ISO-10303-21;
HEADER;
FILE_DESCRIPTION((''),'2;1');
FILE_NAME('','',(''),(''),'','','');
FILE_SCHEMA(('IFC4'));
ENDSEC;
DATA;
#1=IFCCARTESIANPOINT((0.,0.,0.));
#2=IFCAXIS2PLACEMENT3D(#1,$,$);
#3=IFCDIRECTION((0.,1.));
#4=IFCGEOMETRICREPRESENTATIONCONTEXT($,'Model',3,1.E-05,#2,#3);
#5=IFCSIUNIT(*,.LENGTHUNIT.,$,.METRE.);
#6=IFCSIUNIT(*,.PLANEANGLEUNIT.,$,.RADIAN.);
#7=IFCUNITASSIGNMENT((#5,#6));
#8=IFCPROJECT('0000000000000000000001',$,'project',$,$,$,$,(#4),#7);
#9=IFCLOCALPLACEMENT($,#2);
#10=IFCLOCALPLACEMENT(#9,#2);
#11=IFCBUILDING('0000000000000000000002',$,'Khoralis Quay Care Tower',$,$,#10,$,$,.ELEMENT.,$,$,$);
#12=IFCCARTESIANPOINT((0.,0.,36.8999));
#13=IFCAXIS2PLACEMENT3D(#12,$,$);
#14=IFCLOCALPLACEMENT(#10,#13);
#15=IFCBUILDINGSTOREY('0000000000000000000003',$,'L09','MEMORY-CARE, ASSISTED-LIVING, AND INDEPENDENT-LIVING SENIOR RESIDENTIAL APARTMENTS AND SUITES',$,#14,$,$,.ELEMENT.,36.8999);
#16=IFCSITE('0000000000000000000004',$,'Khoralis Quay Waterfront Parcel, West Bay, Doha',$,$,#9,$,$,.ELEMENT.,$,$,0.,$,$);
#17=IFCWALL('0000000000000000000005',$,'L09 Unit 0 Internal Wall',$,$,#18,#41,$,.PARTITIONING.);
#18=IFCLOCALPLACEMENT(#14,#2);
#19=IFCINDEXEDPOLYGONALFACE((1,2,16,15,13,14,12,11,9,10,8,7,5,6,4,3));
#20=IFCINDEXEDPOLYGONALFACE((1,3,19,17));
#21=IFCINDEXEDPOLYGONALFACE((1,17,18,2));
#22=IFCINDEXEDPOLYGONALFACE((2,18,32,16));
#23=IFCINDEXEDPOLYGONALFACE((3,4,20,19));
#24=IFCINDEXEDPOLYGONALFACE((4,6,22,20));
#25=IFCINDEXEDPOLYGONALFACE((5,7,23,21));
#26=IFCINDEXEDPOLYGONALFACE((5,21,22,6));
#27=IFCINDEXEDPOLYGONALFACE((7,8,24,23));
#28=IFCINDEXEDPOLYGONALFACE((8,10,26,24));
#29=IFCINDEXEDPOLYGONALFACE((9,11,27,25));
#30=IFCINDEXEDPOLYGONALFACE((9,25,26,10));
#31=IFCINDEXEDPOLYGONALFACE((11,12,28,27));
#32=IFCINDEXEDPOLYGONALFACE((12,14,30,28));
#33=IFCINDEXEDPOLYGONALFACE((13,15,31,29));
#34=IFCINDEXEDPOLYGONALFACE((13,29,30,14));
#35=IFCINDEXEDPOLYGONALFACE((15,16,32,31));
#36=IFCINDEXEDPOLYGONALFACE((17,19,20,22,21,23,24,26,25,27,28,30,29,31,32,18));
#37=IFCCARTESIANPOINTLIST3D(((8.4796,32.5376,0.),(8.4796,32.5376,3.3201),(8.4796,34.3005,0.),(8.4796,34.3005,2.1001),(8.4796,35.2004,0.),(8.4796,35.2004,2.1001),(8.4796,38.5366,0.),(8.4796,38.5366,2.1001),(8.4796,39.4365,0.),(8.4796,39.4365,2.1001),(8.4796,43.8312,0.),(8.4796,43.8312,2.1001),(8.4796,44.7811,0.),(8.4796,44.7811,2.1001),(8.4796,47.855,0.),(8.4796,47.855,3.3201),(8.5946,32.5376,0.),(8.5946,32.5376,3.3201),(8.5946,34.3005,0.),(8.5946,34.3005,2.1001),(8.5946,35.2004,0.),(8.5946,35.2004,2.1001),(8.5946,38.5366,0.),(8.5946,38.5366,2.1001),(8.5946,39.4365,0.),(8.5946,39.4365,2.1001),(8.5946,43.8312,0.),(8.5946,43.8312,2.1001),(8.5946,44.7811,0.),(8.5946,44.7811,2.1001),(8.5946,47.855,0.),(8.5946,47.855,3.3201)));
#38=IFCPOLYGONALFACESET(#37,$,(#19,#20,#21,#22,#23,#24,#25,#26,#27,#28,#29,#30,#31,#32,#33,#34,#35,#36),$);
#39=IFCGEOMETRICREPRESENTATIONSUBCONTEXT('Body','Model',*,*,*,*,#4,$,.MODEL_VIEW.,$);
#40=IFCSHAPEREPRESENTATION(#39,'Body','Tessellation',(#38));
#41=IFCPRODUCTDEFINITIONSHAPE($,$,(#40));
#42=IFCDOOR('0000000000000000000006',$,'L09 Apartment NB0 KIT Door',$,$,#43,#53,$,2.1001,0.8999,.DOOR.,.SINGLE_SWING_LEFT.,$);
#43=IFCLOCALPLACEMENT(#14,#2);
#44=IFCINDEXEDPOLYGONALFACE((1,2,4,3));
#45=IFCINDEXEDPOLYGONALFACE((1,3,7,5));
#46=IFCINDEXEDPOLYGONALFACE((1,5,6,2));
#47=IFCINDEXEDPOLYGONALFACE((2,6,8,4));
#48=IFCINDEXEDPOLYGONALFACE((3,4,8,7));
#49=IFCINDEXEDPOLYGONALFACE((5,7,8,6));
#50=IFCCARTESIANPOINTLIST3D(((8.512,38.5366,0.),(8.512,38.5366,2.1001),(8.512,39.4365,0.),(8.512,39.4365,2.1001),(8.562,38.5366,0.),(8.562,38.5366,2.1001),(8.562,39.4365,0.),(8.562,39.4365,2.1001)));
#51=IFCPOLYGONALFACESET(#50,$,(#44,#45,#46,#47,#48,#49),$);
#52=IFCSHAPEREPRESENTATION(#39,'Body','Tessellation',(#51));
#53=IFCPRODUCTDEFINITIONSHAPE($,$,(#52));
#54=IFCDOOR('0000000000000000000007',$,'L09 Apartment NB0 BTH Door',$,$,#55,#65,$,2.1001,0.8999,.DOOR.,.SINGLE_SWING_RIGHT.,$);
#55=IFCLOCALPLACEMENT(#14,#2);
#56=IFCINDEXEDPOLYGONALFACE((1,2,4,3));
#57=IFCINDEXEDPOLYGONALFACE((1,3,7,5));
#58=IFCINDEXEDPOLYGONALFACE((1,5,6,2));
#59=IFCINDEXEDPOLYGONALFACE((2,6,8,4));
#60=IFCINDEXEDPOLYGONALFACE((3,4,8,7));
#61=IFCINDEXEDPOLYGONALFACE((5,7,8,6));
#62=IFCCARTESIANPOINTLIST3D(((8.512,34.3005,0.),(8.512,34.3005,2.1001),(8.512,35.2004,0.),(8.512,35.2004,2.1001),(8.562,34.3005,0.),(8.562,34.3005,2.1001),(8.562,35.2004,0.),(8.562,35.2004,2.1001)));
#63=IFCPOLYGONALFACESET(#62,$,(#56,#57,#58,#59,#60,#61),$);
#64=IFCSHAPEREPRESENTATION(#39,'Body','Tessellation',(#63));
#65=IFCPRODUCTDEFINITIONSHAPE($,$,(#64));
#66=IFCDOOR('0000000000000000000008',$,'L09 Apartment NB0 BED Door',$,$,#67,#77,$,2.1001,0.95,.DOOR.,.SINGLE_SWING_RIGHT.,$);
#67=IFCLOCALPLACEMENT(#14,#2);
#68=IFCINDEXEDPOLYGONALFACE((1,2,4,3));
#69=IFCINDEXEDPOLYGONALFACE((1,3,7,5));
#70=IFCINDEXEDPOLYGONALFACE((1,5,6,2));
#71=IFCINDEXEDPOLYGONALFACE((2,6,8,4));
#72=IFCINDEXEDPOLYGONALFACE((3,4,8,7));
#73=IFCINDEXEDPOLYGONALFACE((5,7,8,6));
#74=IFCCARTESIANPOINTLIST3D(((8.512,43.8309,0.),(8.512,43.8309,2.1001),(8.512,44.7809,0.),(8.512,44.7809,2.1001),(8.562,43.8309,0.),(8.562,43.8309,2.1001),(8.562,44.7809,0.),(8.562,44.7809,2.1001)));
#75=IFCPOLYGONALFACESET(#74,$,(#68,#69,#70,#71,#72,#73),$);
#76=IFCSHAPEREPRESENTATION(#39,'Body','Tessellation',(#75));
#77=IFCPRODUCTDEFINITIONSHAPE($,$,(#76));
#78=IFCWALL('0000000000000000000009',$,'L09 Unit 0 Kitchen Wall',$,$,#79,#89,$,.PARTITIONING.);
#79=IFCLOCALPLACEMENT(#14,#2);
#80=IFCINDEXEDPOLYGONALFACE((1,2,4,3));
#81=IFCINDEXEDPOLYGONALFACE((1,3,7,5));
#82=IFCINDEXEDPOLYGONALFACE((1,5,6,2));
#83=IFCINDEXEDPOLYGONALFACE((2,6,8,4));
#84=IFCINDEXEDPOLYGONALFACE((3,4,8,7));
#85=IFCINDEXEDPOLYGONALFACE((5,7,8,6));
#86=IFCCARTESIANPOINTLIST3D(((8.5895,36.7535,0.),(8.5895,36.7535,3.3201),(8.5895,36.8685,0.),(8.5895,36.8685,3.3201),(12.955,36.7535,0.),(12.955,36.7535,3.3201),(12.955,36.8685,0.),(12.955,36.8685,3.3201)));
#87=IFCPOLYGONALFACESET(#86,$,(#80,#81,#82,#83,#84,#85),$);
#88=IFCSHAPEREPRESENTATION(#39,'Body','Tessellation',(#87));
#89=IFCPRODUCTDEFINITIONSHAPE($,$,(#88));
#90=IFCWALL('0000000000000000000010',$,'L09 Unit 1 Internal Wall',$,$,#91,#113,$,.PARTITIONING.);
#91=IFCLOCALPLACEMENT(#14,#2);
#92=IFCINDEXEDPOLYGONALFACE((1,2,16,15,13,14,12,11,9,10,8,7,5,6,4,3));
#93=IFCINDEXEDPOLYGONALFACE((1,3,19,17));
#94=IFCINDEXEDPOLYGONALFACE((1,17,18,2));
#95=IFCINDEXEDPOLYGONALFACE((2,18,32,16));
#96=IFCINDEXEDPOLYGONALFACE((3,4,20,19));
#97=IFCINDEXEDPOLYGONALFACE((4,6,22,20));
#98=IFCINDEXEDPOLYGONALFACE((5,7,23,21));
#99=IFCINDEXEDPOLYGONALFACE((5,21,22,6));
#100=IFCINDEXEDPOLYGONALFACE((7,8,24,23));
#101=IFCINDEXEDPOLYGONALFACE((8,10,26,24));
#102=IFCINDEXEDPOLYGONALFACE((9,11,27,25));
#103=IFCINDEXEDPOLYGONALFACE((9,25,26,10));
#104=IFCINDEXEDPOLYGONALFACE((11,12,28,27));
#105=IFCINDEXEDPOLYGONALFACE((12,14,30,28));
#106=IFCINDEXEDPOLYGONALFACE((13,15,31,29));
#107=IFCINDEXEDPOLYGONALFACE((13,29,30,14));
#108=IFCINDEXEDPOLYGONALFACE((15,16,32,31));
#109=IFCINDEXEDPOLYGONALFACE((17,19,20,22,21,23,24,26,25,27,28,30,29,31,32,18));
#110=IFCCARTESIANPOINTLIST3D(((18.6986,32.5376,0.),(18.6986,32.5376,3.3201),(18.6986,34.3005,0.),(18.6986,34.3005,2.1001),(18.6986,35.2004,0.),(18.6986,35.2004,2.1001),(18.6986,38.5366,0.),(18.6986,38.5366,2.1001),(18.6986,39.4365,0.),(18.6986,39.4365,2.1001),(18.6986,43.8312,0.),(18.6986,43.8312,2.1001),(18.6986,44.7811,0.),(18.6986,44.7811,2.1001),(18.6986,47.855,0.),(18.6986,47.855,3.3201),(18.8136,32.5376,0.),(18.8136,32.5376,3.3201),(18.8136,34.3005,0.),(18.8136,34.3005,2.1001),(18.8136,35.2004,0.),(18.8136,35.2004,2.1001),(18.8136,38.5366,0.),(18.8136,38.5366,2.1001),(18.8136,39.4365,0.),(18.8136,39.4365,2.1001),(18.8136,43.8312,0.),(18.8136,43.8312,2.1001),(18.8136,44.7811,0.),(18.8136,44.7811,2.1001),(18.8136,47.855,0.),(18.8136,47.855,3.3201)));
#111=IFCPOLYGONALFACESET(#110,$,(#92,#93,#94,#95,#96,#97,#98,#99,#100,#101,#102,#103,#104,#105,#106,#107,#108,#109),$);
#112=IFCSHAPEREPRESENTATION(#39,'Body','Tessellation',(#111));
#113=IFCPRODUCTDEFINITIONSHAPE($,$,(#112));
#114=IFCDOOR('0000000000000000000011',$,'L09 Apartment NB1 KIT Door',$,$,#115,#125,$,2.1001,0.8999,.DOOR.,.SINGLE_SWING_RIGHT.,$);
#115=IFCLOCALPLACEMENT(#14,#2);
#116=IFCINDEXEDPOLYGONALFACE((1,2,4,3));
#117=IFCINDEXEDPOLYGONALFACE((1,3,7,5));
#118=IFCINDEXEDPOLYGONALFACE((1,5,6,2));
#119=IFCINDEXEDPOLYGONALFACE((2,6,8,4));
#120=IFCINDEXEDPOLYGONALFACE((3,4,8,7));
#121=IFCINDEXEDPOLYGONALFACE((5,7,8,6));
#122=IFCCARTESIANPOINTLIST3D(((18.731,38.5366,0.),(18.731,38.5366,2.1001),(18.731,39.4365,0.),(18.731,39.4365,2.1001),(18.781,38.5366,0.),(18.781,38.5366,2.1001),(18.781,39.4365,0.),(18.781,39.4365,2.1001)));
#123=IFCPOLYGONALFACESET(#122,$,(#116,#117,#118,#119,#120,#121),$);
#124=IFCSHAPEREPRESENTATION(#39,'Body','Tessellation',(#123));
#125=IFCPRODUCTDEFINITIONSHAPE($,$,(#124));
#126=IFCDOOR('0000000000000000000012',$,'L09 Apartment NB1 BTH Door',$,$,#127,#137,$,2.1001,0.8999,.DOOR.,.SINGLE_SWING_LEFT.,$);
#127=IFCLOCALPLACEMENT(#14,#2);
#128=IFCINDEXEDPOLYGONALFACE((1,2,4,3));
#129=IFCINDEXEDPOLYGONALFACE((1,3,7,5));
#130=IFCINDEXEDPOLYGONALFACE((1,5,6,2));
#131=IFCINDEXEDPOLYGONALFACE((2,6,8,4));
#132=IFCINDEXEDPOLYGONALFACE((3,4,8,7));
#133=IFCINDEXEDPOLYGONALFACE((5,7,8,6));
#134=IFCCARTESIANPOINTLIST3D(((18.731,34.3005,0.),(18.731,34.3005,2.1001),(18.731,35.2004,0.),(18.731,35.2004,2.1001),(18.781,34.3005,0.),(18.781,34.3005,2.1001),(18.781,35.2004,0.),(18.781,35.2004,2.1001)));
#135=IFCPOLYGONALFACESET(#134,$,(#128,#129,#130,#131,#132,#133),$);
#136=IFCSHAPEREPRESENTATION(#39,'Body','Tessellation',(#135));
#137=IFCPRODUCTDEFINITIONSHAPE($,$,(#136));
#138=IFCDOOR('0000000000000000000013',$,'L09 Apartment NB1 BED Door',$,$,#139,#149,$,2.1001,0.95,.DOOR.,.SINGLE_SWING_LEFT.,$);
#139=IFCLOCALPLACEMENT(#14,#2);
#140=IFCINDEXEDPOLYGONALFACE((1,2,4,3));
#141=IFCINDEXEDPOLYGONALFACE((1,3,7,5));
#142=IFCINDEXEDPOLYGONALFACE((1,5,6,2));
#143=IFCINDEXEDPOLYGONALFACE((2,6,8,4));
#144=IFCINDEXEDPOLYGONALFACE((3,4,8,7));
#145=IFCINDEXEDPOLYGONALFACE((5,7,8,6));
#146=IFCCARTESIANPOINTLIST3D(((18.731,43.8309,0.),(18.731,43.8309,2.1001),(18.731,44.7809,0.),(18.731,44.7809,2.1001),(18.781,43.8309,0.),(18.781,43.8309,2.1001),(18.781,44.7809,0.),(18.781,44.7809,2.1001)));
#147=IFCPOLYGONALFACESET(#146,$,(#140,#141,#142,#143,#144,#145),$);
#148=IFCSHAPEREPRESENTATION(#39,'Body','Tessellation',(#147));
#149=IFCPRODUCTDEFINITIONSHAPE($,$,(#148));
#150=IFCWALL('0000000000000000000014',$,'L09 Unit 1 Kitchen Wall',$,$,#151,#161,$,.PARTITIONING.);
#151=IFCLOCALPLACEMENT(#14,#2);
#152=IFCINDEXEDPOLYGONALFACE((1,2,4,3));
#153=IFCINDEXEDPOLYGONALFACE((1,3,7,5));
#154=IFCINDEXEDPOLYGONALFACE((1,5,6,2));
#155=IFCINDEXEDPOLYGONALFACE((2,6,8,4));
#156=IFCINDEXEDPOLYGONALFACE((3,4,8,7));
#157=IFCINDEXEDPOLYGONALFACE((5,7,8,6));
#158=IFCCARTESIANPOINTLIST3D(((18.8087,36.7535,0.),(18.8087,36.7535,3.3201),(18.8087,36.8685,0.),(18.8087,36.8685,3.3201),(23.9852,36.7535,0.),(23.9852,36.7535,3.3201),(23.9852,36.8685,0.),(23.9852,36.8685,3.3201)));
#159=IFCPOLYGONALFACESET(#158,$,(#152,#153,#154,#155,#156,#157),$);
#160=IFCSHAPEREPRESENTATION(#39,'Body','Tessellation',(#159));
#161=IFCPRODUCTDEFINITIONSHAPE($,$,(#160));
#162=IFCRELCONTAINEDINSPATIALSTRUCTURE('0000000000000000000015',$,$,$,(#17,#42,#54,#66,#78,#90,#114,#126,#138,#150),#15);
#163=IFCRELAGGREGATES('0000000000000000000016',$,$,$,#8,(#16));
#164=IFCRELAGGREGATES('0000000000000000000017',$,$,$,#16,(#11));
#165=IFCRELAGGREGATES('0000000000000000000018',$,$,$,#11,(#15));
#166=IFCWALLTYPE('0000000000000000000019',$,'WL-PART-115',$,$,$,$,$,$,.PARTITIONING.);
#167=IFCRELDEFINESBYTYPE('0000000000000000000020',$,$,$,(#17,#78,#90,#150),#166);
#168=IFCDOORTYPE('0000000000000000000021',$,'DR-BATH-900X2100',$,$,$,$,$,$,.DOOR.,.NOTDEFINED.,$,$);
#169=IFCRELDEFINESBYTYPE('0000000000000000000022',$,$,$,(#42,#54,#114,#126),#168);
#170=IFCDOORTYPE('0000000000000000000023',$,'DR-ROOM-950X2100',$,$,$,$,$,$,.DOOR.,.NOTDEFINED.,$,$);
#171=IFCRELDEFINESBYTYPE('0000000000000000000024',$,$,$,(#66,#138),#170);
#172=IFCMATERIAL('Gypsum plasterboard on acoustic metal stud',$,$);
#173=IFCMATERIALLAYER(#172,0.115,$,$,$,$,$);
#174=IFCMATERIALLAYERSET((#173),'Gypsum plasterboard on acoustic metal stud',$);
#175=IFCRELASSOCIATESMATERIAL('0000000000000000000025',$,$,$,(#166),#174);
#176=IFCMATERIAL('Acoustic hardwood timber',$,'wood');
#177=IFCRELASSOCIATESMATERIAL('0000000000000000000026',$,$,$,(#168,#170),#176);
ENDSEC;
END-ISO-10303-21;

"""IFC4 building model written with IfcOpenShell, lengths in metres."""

from ifc_helpers import new_model, si_unit, direction, frame, frame_2d, origin, place, context, subcontext, project, spatial, rectangle, extrude, source, transform, mapped, material, layer, layer_set, type_object, element, fill, save


model = new_model("IFC4")

# Units and contexts
model_context = context("Model", 3, precision=1e-05, world=origin(), true_north=direction((0.0, 1.0)))
body_context = subcontext(model_context, "Body", "Model", "MODEL_VIEW")
ifc_project = project(units=[si_unit("LENGTHUNIT", "METRE"), si_unit("PLANEANGLEUNIT", "RADIAN")], contexts=[model_context])

# Site, building, storey
site_placement = place(None, origin())
site = spatial("IfcSite", under=ifc_project, at=site_placement, Name="Khoralis Quay Waterfront Parcel, West Bay, Doha", CompositionType="ELEMENT", RefElevation=0.0)
building_placement = place(site_placement, origin())
building = spatial("IfcBuilding", under=site, at=building_placement, Name="Khoralis Quay Care Tower", CompositionType="ELEMENT")
storey_placement = place(building_placement, frame((0.0, 0.0, 36.8999)))
storey = spatial("IfcBuildingStorey", under=building, at=storey_placement, Name="L09", Description="MEMORY-CARE, ASSISTED-LIVING, AND INDEPENDENT-LIVING SENIOR RESIDENTIAL APARTMENTS AND SUITES", CompositionType="ELEMENT", Elevation=36.8999)

# Shared definitions
ifc_material_1 = material(Name="Gypsum plasterboard on acoustic metal stud")

# Wall, openings, doors
ifc_layer_1 = layer(ifc_material_1, 0.115)
ifc_layer_set_1 = layer_set([ifc_layer_1], Name="Gypsum plasterboard on acoustic metal stud")
wall_type_1 = type_object("IfcWallType", Name="WL-PART-115", PredefinedType="PARTITIONING", material=ifc_layer_set_1)
wall_1_placement = place(storey_placement, frame((8.5371, 32.5376, 0.0), z_axis=(0.0, 0.0, 1.0), x_axis=(0.0, 1.0, 0.0)))
wall_1 = element("IfcWall", 1, at=wall_1_placement, inside=storey, type_object=wall_type_1, Name="L09 Unit 0 Internal Wall", PredefinedType="PARTITIONING", context=body_context, shape_type="SweptSolid", body=[
    extrude(rectangle(XDim=15.3174, YDim=0.115, at=frame_2d((7.6587, 0.0))), origin(), (0.0, 0.0, 1.0), 3.3201),
])
opening_1_placement = place(wall_1_placement, frame((11.2935, 0.0, 0.0)))
opening_1 = element("IfcOpeningElement", 2, at=opening_1_placement, cuts=wall_1, PredefinedType="OPENING", context=body_context, shape_type="SweptSolid", body=[
    extrude(rectangle(XDim=0.95, YDim=2.1001, at=frame_2d((0.4751, 1.05))), frame((0.0, 0.0674, 0.0), z_axis=(0.0, -1.0, 0.0), x_axis=(1.0, 0.0, 0.0)), (0.0, 0.0, 1.0), 0.135),
])
opening_2_placement = place(wall_1_placement, frame((5.999, 0.0, 0.0)))
opening_2 = element("IfcOpeningElement", 3, at=opening_2_placement, cuts=wall_1, PredefinedType="OPENING", context=body_context, shape_type="SweptSolid", body=[
    extrude(rectangle(XDim=0.8999, YDim=2.1001, at=frame_2d((0.45, 1.05))), frame((0.0, 0.0674, 0.0), z_axis=(0.0, -1.0, 0.0), x_axis=(1.0, 0.0, 0.0)), (0.0, 0.0, 1.0), 0.135),
])
opening_3_placement = place(wall_1_placement, frame((1.7629, 0.0, 0.0)))
opening_3 = element("IfcOpeningElement", 4, at=opening_3_placement, cuts=wall_1, PredefinedType="OPENING", context=body_context, shape_type="SweptSolid", body=[
    extrude(rectangle(XDim=0.8999, YDim=2.1001, at=frame_2d((0.45, 1.05))), frame((0.0, 0.0674, 0.0), z_axis=(0.0, -1.0, 0.0), x_axis=(1.0, 0.0, 0.0)), (0.0, 0.0, 1.0), 0.135),
])
ifc_material_2 = material(Name="Acoustic hardwood timber", Category="wood")
door_type_1 = type_object("IfcDoorType", Name="DR-BATH-900X2100", OperationType="NOTDEFINED", PredefinedType="DOOR", material=ifc_material_2)
shared_shape_1 = source(origin(), body_context, "Body", "SweptSolid", [
    extrude(rectangle(XDim=0.8999, YDim=2.1001, at=frame_2d((0.45, 1.05))), frame((0.0, 0.0249, 0.0), z_axis=(0.0, -1.0, 0.0), x_axis=(1.0, 0.0, 0.0)), (0.0, 0.0, 1.0), 0.05),
])
door_1_placement = place(opening_2_placement, frame((0.8999, 0.0, 0.0), z_axis=(0.0, 0.0, 1.0), x_axis=(-1.0, 0.0, 0.0)))
door_1 = element("IfcDoor", 5, at=door_1_placement, inside=storey, type_object=door_type_1, Name="L09 Apartment NB0 KIT Door", OperationType="SINGLE_SWING_LEFT", OverallHeight=2.1001, OverallWidth=0.8999, PredefinedType="DOOR", context=body_context, shape_type="MappedRepresentation", body=[
    mapped(shared_shape_1, transform((0.0, 0.0, 0.0), scale=1.0)),
])
fill(opening_2, door_1)
door_2_placement = place(opening_3_placement, frame((0.8999, 0.0, 0.0), z_axis=(0.0, 0.0, 1.0), x_axis=(-1.0, 0.0, 0.0)))
door_2 = element("IfcDoor", 6, at=door_2_placement, inside=storey, type_object=door_type_1, Name="L09 Apartment NB0 BTH Door", OperationType="SINGLE_SWING_RIGHT", OverallHeight=2.1001, OverallWidth=0.8999, PredefinedType="DOOR", context=body_context, shape_type="MappedRepresentation", body=[
    mapped(shared_shape_1, transform((0.0, 0.0, 0.0), scale=1.0)),
])
fill(opening_3, door_2)
door_type_2 = type_object("IfcDoorType", Name="DR-ROOM-950X2100", OperationType="NOTDEFINED", PredefinedType="DOOR", material=ifc_material_2)
shared_shape_2 = source(origin(), body_context, "Body", "SweptSolid", [
    extrude(rectangle(XDim=0.95, YDim=2.1001, at=frame_2d((0.4751, 1.05))), frame((0.0, 0.0249, 0.0), z_axis=(0.0, -1.0, 0.0), x_axis=(1.0, 0.0, 0.0)), (0.0, 0.0, 1.0), 0.05),
])
door_3_placement = place(opening_1_placement, frame((0.95, 0.0, 0.0), z_axis=(0.0, 0.0, 1.0), x_axis=(-1.0, 0.0, 0.0)))
door_3 = element("IfcDoor", 7, at=door_3_placement, inside=storey, type_object=door_type_2, Name="L09 Apartment NB0 BED Door", OperationType="SINGLE_SWING_RIGHT", OverallHeight=2.1001, OverallWidth=0.95, PredefinedType="DOOR", context=body_context, shape_type="MappedRepresentation", body=[
    mapped(shared_shape_2, transform((0.0, 0.0, 0.0), scale=1.0)),
])
fill(opening_1, door_3)

# Wall
wall_2_placement = place(storey_placement, frame((8.5896, 36.811, 0.0), z_axis=(0.0, 0.0, 1.0), x_axis=(1.0, 0.0, 0.0)))
element("IfcWall", 8, at=wall_2_placement, inside=storey, type_object=wall_type_1, Name="L09 Unit 0 Kitchen Wall", PredefinedType="PARTITIONING", context=body_context, shape_type="SweptSolid", body=[
    extrude(rectangle(XDim=4.3655, YDim=0.115, at=frame_2d((2.1826, 0.0))), origin(), (0.0, 0.0, 1.0), 3.3201),
])

# Wall, openings, doors
wall_3_placement = place(storey_placement, frame((18.7561, 32.5376, 0.0), z_axis=(0.0, 0.0, 1.0), x_axis=(0.0, 1.0, 0.0)))
wall_3 = element("IfcWall", 9, at=wall_3_placement, inside=storey, type_object=wall_type_1, Name="L09 Unit 1 Internal Wall", PredefinedType="PARTITIONING", context=body_context, shape_type="SweptSolid", body=[
    extrude(rectangle(XDim=15.3174, YDim=0.115, at=frame_2d((7.6587, 0.0))), origin(), (0.0, 0.0, 1.0), 3.3201),
])
opening_4_placement = place(wall_3_placement, frame((11.2935, 0.0, 0.0)))
opening_4 = element("IfcOpeningElement", 10, at=opening_4_placement, cuts=wall_3, PredefinedType="OPENING", context=body_context, shape_type="SweptSolid", body=[
    extrude(rectangle(XDim=0.95, YDim=2.1001, at=frame_2d((0.4751, 1.05))), frame((0.0, 0.0674, 0.0), z_axis=(0.0, -1.0, 0.0), x_axis=(1.0, 0.0, 0.0)), (0.0, 0.0, 1.0), 0.135),
])
opening_5_placement = place(wall_3_placement, frame((5.999, 0.0, 0.0)))
opening_5 = element("IfcOpeningElement", 11, at=opening_5_placement, cuts=wall_3, PredefinedType="OPENING", context=body_context, shape_type="SweptSolid", body=[
    extrude(rectangle(XDim=0.8999, YDim=2.1001, at=frame_2d((0.45, 1.05))), frame((0.0, 0.0674, 0.0), z_axis=(0.0, -1.0, 0.0), x_axis=(1.0, 0.0, 0.0)), (0.0, 0.0, 1.0), 0.135),
])
opening_6_placement = place(wall_3_placement, frame((1.7629, 0.0, 0.0)))
opening_6 = element("IfcOpeningElement", 12, at=opening_6_placement, cuts=wall_3, PredefinedType="OPENING", context=body_context, shape_type="SweptSolid", body=[
    extrude(rectangle(XDim=0.8999, YDim=2.1001, at=frame_2d((0.45, 1.05))), frame((0.0, 0.0674, 0.0), z_axis=(0.0, -1.0, 0.0), x_axis=(1.0, 0.0, 0.0)), (0.0, 0.0, 1.0), 0.135),
])
door_4_placement = place(opening_5_placement, frame((0.8999, 0.0, 0.0), z_axis=(0.0, 0.0, 1.0), x_axis=(-1.0, 0.0, 0.0)))
door_4 = element("IfcDoor", 13, at=door_4_placement, inside=storey, type_object=door_type_1, Name="L09 Apartment NB1 KIT Door", OperationType="SINGLE_SWING_RIGHT", OverallHeight=2.1001, OverallWidth=0.8999, PredefinedType="DOOR", context=body_context, shape_type="MappedRepresentation", body=[
    mapped(shared_shape_1, transform((0.0, 0.0, 0.0), scale=1.0)),
])
fill(opening_5, door_4)
door_5_placement = place(opening_6_placement, frame((0.8999, 0.0, 0.0), z_axis=(0.0, 0.0, 1.0), x_axis=(-1.0, 0.0, 0.0)))
door_5 = element("IfcDoor", 14, at=door_5_placement, inside=storey, type_object=door_type_1, Name="L09 Apartment NB1 BTH Door", OperationType="SINGLE_SWING_LEFT", OverallHeight=2.1001, OverallWidth=0.8999, PredefinedType="DOOR", context=body_context, shape_type="MappedRepresentation", body=[
    mapped(shared_shape_1, transform((0.0, 0.0, 0.0), scale=1.0)),
])
fill(opening_6, door_5)
door_6_placement = place(opening_4_placement, frame((0.95, 0.0, 0.0), z_axis=(0.0, 0.0, 1.0), x_axis=(-1.0, 0.0, 0.0)))
door_6 = element("IfcDoor", 15, at=door_6_placement, inside=storey, type_object=door_type_2, Name="L09 Apartment NB1 BED Door", OperationType="SINGLE_SWING_LEFT", OverallHeight=2.1001, OverallWidth=0.95, PredefinedType="DOOR", context=body_context, shape_type="MappedRepresentation", body=[
    mapped(shared_shape_2, transform((0.0, 0.0, 0.0), scale=1.0)),
])
fill(opening_4, door_6)

# Wall
wall_4_placement = place(storey_placement, frame((18.8086, 36.811, 0.0), z_axis=(0.0, 0.0, 1.0), x_axis=(1.0, 0.0, 0.0)))
element("IfcWall", 16, at=wall_4_placement, inside=storey, type_object=wall_type_1, Name="L09 Unit 1 Kitchen Wall", PredefinedType="PARTITIONING", context=body_context, shape_type="SweptSolid", body=[
    extrude(rectangle(XDim=5.1765, YDim=0.115, at=frame_2d((2.5884, 0.0))), origin(), (0.0, 0.0, 1.0), 3.3201),
])

save(model, "model.ifc")
